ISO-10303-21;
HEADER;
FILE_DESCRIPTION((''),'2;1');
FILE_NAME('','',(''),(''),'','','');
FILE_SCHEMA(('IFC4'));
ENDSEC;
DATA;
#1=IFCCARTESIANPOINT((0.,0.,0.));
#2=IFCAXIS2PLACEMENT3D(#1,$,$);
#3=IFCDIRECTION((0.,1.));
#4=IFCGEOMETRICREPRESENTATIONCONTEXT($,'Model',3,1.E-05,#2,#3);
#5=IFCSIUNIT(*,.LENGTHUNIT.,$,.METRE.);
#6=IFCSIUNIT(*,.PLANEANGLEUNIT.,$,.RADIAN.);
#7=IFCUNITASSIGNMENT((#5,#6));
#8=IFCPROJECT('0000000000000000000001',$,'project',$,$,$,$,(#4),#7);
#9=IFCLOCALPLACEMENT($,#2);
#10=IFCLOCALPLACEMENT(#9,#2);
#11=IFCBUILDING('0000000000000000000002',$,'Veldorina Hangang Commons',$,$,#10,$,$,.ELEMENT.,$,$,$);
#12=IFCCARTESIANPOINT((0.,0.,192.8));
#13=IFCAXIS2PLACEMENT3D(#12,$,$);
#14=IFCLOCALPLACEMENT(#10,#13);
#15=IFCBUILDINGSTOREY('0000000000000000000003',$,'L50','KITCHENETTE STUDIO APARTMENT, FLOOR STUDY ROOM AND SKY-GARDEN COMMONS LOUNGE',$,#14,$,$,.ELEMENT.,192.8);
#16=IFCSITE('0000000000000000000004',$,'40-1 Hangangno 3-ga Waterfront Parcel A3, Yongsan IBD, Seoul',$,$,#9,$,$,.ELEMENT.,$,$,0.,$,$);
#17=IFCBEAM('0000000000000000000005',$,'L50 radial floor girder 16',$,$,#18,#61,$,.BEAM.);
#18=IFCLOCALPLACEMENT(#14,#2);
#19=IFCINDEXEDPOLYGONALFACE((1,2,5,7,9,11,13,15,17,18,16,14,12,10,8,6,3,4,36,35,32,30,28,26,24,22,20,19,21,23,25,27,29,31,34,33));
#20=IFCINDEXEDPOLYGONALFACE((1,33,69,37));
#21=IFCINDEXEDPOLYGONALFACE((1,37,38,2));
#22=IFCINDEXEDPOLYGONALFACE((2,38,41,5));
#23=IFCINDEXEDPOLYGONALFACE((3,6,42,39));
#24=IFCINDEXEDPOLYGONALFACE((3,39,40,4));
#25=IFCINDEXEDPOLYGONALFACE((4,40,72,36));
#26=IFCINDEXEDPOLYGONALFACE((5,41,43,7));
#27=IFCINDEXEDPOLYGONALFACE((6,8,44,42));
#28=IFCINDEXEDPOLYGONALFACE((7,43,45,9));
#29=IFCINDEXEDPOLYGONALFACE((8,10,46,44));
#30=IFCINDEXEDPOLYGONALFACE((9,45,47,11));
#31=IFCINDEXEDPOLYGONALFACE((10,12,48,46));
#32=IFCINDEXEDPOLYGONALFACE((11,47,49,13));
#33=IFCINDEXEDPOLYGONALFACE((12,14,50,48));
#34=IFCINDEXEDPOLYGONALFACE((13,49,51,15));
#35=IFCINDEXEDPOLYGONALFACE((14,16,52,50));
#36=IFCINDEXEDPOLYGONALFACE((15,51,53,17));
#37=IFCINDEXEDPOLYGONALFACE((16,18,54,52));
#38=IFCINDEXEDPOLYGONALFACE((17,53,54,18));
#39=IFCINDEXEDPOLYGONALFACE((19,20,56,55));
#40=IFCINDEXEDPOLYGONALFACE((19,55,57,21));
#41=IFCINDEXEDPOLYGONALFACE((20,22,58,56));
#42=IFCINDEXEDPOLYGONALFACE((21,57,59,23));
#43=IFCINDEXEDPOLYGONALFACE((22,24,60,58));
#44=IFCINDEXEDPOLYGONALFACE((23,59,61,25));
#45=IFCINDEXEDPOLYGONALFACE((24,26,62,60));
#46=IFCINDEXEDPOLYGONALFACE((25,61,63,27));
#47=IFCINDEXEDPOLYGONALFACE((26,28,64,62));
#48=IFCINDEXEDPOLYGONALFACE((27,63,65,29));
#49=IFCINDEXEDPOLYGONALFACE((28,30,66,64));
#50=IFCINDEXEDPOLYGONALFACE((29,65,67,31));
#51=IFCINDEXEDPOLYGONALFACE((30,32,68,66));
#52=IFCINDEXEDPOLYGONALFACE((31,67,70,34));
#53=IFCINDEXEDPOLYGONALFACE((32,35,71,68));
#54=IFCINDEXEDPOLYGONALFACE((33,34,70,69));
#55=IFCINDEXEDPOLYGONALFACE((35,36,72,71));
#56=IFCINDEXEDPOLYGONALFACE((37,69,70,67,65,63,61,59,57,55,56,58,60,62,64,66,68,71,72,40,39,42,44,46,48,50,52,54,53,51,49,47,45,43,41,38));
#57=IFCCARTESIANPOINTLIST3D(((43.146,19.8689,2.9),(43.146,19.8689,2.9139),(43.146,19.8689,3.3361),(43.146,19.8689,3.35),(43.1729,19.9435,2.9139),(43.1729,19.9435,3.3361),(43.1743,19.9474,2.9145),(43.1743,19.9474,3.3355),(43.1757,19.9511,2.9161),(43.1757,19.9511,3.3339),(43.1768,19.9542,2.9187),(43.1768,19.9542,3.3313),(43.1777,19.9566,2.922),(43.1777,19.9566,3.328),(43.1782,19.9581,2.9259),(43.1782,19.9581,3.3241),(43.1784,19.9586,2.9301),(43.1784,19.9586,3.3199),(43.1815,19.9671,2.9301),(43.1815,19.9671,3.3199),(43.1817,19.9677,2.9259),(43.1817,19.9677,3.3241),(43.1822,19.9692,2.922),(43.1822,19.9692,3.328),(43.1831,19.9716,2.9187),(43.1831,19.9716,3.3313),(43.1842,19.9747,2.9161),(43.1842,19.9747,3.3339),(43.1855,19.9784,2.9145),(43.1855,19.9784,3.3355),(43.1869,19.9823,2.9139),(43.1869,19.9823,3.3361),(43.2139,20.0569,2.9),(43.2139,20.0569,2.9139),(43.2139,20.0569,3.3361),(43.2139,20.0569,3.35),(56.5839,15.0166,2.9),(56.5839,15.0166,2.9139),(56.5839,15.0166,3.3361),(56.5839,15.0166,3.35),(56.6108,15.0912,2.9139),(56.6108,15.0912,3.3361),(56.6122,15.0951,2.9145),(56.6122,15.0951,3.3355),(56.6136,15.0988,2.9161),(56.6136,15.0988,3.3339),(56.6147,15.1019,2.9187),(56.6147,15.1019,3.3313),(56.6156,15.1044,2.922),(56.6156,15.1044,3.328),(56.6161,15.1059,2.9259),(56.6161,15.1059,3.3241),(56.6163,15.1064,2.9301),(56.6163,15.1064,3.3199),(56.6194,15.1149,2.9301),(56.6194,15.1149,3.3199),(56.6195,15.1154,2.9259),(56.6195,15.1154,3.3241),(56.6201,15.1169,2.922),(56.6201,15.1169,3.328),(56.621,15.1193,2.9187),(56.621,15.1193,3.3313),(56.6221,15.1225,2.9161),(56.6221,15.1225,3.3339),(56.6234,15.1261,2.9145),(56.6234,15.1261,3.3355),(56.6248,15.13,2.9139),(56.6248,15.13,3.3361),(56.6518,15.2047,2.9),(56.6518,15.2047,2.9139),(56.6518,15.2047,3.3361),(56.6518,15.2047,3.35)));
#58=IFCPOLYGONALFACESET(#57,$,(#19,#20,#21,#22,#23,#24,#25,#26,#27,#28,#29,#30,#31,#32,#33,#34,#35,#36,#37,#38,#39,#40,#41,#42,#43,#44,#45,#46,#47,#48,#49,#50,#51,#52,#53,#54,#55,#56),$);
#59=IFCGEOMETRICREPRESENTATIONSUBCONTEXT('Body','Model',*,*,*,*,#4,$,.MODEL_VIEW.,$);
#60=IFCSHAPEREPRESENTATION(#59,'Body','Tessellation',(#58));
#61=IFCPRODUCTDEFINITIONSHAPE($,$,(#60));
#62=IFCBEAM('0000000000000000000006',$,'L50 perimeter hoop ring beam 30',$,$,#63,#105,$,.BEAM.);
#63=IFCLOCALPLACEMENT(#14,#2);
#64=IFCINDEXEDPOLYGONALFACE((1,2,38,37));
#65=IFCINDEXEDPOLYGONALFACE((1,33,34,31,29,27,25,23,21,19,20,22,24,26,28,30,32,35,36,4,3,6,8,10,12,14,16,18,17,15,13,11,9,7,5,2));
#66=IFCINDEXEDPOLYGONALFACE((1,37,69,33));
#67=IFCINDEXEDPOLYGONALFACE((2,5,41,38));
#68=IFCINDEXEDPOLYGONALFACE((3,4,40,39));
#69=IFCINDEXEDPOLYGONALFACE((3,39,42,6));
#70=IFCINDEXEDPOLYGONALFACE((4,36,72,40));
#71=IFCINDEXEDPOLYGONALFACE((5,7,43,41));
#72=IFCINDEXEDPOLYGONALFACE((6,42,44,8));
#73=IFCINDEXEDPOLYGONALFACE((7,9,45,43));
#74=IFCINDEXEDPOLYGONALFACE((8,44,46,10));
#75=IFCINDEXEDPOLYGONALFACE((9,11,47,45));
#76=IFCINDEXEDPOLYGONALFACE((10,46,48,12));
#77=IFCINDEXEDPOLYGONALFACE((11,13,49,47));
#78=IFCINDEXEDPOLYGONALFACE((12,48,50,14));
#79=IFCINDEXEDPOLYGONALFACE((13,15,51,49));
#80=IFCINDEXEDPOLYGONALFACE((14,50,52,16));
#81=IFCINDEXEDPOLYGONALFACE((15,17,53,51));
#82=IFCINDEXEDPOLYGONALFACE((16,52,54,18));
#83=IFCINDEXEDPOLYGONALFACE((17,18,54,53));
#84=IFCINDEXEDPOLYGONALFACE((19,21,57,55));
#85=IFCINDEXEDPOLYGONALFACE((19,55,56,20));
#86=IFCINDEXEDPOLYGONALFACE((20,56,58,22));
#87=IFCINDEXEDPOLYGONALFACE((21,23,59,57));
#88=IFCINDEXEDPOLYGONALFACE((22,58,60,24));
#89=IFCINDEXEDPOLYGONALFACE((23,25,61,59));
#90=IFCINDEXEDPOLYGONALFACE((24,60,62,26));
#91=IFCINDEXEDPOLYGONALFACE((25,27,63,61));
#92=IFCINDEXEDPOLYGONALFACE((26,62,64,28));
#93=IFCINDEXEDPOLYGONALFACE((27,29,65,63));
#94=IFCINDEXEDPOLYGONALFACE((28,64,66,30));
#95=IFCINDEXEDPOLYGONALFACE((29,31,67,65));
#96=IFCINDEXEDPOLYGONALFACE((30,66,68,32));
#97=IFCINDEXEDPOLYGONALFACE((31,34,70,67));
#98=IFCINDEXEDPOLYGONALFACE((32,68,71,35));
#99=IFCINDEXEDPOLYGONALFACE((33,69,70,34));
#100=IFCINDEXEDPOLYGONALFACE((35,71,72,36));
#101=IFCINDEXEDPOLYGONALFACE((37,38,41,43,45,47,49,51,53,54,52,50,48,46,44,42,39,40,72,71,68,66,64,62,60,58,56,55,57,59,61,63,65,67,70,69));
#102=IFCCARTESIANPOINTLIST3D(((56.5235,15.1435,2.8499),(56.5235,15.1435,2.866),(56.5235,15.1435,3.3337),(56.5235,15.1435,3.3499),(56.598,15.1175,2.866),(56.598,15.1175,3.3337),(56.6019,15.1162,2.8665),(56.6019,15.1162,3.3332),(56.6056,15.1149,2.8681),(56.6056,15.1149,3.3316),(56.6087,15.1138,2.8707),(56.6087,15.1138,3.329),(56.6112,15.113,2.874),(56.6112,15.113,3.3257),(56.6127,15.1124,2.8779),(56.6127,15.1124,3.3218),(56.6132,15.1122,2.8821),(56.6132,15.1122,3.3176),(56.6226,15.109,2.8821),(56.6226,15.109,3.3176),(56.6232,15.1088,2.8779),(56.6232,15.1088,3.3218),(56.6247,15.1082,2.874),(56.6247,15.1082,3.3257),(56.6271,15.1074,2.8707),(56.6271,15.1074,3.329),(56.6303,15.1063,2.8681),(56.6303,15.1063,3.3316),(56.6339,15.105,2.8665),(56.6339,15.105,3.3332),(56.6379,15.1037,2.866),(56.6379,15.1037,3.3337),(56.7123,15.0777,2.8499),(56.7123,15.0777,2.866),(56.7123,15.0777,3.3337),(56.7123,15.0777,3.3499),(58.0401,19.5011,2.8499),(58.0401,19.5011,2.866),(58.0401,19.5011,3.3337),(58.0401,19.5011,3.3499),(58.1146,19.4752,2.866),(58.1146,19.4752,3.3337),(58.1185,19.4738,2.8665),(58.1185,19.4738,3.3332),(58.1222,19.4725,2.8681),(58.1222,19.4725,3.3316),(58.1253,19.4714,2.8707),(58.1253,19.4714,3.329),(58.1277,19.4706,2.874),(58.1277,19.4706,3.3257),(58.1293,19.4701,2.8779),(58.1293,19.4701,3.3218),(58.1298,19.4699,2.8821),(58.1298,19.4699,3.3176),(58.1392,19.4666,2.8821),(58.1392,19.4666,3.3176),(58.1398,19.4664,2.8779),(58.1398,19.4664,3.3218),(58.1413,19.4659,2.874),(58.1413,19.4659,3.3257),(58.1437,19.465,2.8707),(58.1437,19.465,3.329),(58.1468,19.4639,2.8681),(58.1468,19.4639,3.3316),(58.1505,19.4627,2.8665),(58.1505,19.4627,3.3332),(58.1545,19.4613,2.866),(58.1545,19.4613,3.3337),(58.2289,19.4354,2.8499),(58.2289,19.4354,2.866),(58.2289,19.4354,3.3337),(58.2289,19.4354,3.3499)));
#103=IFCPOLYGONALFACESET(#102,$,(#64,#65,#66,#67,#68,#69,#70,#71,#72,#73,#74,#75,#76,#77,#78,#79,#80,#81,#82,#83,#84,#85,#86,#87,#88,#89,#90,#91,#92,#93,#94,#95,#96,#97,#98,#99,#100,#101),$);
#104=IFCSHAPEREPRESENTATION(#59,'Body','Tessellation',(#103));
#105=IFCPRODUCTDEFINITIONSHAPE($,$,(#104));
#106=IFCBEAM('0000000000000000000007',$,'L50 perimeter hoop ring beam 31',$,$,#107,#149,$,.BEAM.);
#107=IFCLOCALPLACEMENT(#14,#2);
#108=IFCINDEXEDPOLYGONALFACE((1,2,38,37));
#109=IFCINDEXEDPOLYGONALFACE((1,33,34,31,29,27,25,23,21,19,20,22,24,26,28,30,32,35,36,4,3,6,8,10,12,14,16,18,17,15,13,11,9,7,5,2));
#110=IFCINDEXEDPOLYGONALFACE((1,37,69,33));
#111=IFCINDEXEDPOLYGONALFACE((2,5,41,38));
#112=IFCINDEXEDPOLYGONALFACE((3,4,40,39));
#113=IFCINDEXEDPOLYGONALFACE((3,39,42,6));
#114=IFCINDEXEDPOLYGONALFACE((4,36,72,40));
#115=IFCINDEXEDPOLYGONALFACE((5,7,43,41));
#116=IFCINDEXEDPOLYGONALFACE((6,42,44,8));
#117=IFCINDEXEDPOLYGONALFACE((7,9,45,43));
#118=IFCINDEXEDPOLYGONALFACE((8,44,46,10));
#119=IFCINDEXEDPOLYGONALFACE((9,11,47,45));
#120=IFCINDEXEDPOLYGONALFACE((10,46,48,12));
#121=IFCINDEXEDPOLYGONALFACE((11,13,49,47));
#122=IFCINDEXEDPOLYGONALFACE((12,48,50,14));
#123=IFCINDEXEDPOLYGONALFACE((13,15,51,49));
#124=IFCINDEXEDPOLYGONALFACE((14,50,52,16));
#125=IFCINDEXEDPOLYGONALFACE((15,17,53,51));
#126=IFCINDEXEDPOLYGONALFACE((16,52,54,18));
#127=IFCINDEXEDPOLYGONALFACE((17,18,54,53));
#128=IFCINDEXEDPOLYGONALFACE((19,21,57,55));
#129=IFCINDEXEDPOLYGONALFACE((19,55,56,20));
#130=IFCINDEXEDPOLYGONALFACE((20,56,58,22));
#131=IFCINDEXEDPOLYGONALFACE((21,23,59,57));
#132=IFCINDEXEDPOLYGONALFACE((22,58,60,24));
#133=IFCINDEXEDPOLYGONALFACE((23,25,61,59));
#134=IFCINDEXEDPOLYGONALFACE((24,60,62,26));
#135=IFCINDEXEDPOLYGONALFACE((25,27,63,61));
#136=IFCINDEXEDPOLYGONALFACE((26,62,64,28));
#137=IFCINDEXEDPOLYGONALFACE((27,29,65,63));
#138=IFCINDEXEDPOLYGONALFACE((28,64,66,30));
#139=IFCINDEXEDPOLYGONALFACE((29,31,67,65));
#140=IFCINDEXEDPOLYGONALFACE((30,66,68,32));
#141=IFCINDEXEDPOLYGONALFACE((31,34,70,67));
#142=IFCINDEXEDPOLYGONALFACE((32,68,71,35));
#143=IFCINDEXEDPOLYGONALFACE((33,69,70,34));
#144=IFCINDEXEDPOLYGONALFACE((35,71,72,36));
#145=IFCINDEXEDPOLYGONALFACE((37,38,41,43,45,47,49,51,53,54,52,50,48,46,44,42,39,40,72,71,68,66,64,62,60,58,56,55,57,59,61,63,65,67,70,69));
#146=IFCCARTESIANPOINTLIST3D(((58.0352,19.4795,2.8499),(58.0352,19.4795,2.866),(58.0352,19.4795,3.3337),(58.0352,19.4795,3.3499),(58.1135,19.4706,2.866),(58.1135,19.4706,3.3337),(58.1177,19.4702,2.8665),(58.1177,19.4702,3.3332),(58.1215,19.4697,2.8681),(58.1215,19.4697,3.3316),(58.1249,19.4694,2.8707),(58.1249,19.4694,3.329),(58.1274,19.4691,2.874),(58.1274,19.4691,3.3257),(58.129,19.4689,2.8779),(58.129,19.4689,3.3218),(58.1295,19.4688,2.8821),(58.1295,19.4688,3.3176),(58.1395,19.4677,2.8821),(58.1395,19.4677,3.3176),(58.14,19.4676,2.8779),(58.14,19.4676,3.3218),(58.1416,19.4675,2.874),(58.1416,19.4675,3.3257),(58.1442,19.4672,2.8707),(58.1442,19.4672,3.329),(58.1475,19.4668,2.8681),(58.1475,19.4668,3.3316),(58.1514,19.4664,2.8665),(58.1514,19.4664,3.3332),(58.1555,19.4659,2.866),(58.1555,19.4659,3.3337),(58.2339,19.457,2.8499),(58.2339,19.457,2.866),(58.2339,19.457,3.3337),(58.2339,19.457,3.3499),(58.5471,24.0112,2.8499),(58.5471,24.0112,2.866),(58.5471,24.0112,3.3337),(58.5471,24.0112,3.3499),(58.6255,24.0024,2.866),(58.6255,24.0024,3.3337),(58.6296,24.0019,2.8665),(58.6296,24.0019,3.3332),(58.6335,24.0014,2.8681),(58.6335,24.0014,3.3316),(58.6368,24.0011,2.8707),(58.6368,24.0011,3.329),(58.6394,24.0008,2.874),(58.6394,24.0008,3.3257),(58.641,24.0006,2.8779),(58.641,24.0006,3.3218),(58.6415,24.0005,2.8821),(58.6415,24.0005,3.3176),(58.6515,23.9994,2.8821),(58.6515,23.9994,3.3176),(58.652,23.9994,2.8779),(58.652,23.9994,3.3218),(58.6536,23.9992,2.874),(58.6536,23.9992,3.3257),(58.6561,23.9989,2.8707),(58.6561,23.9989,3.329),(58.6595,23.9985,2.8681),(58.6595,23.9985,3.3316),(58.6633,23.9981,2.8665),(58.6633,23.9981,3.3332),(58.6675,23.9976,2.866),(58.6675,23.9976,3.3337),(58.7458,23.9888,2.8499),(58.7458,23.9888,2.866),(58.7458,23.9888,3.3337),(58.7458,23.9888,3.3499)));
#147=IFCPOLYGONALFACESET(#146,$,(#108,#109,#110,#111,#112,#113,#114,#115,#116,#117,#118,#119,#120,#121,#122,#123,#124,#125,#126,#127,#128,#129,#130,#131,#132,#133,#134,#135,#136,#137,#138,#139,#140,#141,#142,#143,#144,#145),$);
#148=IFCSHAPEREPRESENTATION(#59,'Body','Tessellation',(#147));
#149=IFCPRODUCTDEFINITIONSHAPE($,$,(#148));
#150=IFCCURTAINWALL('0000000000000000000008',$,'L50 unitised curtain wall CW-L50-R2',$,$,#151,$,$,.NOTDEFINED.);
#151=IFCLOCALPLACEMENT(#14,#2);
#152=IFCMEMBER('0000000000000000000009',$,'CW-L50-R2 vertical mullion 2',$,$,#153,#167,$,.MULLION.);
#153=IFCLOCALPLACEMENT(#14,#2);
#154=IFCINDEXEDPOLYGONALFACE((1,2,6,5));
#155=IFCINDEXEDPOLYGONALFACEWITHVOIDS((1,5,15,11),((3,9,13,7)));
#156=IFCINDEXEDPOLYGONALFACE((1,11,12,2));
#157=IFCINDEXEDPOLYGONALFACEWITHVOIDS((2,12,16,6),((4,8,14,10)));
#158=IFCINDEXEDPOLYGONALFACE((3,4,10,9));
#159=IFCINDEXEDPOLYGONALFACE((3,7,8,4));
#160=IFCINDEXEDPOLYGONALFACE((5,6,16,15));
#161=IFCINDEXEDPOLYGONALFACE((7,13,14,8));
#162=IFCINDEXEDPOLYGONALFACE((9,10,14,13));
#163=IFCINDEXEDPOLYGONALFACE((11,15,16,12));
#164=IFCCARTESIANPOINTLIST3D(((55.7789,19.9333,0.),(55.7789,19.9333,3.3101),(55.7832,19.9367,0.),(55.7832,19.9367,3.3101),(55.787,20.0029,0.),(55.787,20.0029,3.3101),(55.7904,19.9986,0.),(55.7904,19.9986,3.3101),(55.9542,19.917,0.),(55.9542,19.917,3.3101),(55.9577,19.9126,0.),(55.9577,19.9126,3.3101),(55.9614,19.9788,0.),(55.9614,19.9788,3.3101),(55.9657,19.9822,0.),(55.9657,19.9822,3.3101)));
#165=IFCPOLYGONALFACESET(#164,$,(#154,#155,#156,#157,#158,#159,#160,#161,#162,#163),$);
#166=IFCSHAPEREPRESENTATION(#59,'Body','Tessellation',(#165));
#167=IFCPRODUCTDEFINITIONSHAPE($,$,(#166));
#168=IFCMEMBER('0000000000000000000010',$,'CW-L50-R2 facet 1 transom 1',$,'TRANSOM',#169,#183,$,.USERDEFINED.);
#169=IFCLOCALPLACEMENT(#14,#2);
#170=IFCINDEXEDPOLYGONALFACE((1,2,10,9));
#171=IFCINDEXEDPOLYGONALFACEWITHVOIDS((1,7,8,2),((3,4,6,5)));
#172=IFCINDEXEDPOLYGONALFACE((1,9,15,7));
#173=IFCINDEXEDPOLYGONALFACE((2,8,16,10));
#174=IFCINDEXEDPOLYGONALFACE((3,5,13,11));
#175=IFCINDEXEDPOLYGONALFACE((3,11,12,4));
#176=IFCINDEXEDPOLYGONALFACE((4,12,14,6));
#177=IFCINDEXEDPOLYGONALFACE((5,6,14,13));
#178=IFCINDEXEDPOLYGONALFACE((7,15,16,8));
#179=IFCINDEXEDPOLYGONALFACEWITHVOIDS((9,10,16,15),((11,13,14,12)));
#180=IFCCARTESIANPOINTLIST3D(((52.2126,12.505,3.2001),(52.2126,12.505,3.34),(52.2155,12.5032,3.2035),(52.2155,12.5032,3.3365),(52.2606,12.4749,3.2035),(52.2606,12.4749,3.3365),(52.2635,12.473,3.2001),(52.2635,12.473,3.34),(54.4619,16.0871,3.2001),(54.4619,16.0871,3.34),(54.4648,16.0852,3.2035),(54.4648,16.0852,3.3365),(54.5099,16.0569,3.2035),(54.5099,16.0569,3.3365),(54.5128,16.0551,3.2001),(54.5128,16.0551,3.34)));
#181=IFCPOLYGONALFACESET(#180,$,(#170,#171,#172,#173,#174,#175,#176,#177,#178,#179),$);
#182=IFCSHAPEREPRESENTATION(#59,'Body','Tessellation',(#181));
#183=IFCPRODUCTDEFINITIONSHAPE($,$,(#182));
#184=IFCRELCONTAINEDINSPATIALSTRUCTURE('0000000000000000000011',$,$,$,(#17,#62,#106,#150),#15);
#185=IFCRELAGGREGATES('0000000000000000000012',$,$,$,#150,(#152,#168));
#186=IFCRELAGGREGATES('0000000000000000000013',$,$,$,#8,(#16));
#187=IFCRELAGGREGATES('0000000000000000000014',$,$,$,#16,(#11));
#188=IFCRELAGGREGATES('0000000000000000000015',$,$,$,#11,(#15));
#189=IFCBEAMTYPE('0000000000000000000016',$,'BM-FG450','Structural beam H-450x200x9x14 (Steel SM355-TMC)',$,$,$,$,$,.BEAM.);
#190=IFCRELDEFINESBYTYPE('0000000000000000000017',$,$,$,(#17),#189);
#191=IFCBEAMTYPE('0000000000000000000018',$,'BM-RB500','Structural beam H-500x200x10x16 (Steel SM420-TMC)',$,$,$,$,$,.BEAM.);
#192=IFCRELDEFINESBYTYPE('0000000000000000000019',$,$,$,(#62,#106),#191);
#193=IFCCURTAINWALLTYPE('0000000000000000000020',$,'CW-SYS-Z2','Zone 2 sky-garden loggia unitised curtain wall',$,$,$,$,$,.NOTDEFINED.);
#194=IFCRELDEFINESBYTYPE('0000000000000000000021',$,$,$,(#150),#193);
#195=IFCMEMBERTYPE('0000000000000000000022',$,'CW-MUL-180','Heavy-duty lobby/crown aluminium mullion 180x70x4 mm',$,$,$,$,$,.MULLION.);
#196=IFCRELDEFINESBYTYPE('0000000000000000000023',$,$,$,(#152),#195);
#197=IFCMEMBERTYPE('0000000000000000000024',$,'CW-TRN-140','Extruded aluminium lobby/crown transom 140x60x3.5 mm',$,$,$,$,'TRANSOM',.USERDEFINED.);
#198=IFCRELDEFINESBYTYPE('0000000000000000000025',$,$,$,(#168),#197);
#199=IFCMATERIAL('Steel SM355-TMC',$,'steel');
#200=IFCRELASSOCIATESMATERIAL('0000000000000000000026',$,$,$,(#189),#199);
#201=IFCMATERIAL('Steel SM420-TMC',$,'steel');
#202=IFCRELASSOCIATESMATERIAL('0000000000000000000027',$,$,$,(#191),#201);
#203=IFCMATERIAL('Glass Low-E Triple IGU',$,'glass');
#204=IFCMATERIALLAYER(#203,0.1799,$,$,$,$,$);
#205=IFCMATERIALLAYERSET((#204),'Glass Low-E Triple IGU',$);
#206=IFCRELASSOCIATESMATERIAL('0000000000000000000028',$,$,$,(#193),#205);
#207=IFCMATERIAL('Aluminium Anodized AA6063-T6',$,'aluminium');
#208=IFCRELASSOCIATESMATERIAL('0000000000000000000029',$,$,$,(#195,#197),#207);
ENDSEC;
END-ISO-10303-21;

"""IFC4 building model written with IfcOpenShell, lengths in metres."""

from ifc_helpers import new_model, si_unit, direction, frame, origin, origin_2d, place, context, subcontext, project, spatial, hollow_rectangle, i_section, extrude, material, layer, layer_set, material_profile, profile_set, type_object, element, aggregate, save


model = new_model("IFC4")

# Units and contexts
model_context = context("Model", 3, precision=1e-05, world=origin(), true_north=direction((0.0, 1.0)))
body_context = subcontext(model_context, "Body", "Model", "MODEL_VIEW")
ifc_project = project(units=[si_unit("LENGTHUNIT", "METRE"), si_unit("PLANEANGLEUNIT", "RADIAN")], contexts=[model_context])

# Site, building, storey
site_placement = place(None, origin())
site = spatial("IfcSite", under=ifc_project, at=site_placement, Name="40-1 Hangangno 3-ga Waterfront Parcel A3, Yongsan IBD, Seoul", CompositionType="ELEMENT", RefElevation=0.0)
building_placement = place(site_placement, origin())
building = spatial("IfcBuilding", under=site, at=building_placement, Name="Veldorina Hangang Commons", CompositionType="ELEMENT")
storey_placement = place(building_placement, frame((0.0, 0.0, 192.8)))
storey = spatial("IfcBuildingStorey", under=building, at=storey_placement, Name="L50", Description="KITCHENETTE STUDIO APARTMENT, FLOOR STUDY ROOM AND SKY-GARDEN COMMONS LOUNGE", CompositionType="ELEMENT", Elevation=192.8)

# Beams
ifc_material_1 = material(Name="Steel SM355-TMC", Category="steel")
ifc_material_profile_1 = material_profile(ifc_material_1, i_section(OverallWidth=0.2, OverallDepth=0.45, WebThickness=0.009, FlangeThickness=0.0139, FilletRadius=0.0161, at=origin_2d()), Name="H-450x200x9x14")
ifc_profile_set_1 = profile_set([ifc_material_profile_1], Name="Steel SM355-TMC")
beam_type_1 = type_object("IfcBeamType", Name="BM-FG450", Description="Structural beam H-450x200x9x14 (Steel SM355-TMC)", PredefinedType="BEAM", material=ifc_profile_set_1)
beam_1_placement = place(storey_placement, frame((43.1799, 19.9629, 3.125), z_axis=(0.940561, -0.339625, 0.0), x_axis=(0.339625, 0.940561, 0.0)))
element("IfcBeam", 1, at=beam_1_placement, inside=storey, type_object=beam_type_1, Name="L50 radial floor girder 16", PredefinedType="BEAM", context=body_context, shape_type="SweptSolid", body=[
    extrude(i_section(OverallWidth=0.2, OverallDepth=0.45, WebThickness=0.009, FlangeThickness=0.0139, FilletRadius=0.0161, at=origin_2d()), origin(), (0.0, 0.0, 1.0), 14.2871),
])
ifc_material_2 = material(Name="Steel SM420-TMC", Category="steel")
ifc_material_profile_2 = material_profile(ifc_material_2, i_section(OverallWidth=0.2, OverallDepth=0.5, WebThickness=0.01, FlangeThickness=0.0161, FilletRadius=0.0161, at=origin_2d()), Name="H-500x200x10x16")
ifc_profile_set_2 = profile_set([ifc_material_profile_2], Name="Steel SM420-TMC")
beam_type_2 = type_object("IfcBeamType", Name="BM-RB500", Description="Structural beam H-500x200x10x16 (Steel SM420-TMC)", PredefinedType="BEAM", material=ifc_profile_set_2)
beam_2_placement = place(storey_placement, frame((56.6179, 15.1106, 3.0999), z_axis=(0.328693, 0.944437, 0.0), x_axis=(-0.944437, 0.328693, 0.0)))
element("IfcBeam", 2, at=beam_2_placement, inside=storey, type_object=beam_type_2, Name="L50 perimeter hoop ring beam 30", PredefinedType="BEAM", context=body_context, shape_type="SweptSolid", body=[
    extrude(i_section(OverallWidth=0.2, OverallDepth=0.5, WebThickness=0.01, FlangeThickness=0.0161, FilletRadius=0.0161, at=origin_2d()), origin(), (0.0, 0.0, 1.0), 4.614),
])
beam_3_placement = place(storey_placement, frame((58.1345, 19.4683, 3.0999), z_axis=(0.112259, 0.993679, 0.0), x_axis=(-0.993679, 0.112259, 0.0)))
element("IfcBeam", 3, at=beam_3_placement, inside=storey, type_object=beam_type_2, Name="L50 perimeter hoop ring beam 31", PredefinedType="BEAM", context=body_context, shape_type="SweptSolid", body=[
    extrude(i_section(OverallWidth=0.2, OverallDepth=0.5, WebThickness=0.01, FlangeThickness=0.0161, FilletRadius=0.0161, at=origin_2d()), origin(), (0.0, 0.0, 1.0), 4.5605),
])

# Curtain wall, members
ifc_material_3 = material(Name="Glass Low-E Triple IGU", Category="glass")
ifc_layer_1 = layer(ifc_material_3, 0.1799)
ifc_layer_set_1 = layer_set([ifc_layer_1], Name="Glass Low-E Triple IGU")
curtain_wall_type = type_object("IfcCurtainWallType", Name="CW-SYS-Z2", Description="Zone 2 sky-garden loggia unitised curtain wall", PredefinedType="NOTDEFINED", material=ifc_layer_set_1)
curtain_wall_placement = place(storey_placement, origin())
curtain_wall = element("IfcCurtainWall", 4, at=curtain_wall_placement, inside=storey, type_object=curtain_wall_type, Name="L50 unitised curtain wall CW-L50-R2", PredefinedType="NOTDEFINED")
ifc_material_4 = material(Name="Aluminium Anodized AA6063-T6", Category="aluminium")
ifc_material_profile_3 = material_profile(ifc_material_4, hollow_rectangle(XDim=0.0701, YDim=0.1799, WallThickness=0.0039, at=origin_2d()), Name="ALU-RHS-180x70x4")
ifc_profile_set_3 = profile_set([ifc_material_profile_3], Name="Aluminium Anodized AA6063-T6")
member_type_1 = type_object("IfcMemberType", Name="CW-MUL-180", Description="Heavy-duty lobby/crown aluminium mullion 180x70x4 mm", PredefinedType="MULLION", material=ifc_profile_set_3)
member_1_placement = place(storey_placement, frame((55.8723, 19.9578, 0.0), z_axis=(0.0, 0.0, 1.0), x_axis=(0.114937, 0.993373, 0.0)))
member_1 = element("IfcMember", 5, at=member_1_placement, type_object=member_type_1, Name="CW-L50-R2 vertical mullion 2", PredefinedType="MULLION", context=body_context, shape_type="SweptSolid", body=[
    extrude(hollow_rectangle(XDim=0.0701, YDim=0.1799, WallThickness=0.0039, at=origin_2d()), origin(), (0.0, 0.0, 1.0), 3.3101),
])
ifc_material_profile_4 = material_profile(ifc_material_4, hollow_rectangle(XDim=0.0601, YDim=0.1399, WallThickness=0.0034, at=origin_2d()), Name="ALU-RHS-140x60x3.5")
ifc_profile_set_4 = profile_set([ifc_material_profile_4], Name="Aluminium Anodized AA6063-T6")
member_type_2 = type_object("IfcMemberType", Name="CW-TRN-140", Description="Extruded aluminium lobby/crown transom 140x60x3.5 mm", ElementType="TRANSOM", PredefinedType="USERDEFINED", material=ifc_profile_set_4)
member_2_placement = place(storey_placement, frame((52.238, 12.489, 3.27), z_axis=(0.531783, 0.846881, 0.0), x_axis=(-0.846881, 0.531783, 0.0)))
member_2 = element("IfcMember", 6, at=member_2_placement, type_object=member_type_2, Name="CW-L50-R2 facet 1 transom 1", ObjectType="TRANSOM", PredefinedType="USERDEFINED", context=body_context, shape_type="SweptSolid", body=[
    extrude(hollow_rectangle(XDim=0.0601, YDim=0.1399, WallThickness=0.0034, at=origin_2d()), origin(), (0.0, 0.0, 1.0), 4.2297),
])

aggregate(curtain_wall, [member_1, member_2])

save(model, "model.ifc")
